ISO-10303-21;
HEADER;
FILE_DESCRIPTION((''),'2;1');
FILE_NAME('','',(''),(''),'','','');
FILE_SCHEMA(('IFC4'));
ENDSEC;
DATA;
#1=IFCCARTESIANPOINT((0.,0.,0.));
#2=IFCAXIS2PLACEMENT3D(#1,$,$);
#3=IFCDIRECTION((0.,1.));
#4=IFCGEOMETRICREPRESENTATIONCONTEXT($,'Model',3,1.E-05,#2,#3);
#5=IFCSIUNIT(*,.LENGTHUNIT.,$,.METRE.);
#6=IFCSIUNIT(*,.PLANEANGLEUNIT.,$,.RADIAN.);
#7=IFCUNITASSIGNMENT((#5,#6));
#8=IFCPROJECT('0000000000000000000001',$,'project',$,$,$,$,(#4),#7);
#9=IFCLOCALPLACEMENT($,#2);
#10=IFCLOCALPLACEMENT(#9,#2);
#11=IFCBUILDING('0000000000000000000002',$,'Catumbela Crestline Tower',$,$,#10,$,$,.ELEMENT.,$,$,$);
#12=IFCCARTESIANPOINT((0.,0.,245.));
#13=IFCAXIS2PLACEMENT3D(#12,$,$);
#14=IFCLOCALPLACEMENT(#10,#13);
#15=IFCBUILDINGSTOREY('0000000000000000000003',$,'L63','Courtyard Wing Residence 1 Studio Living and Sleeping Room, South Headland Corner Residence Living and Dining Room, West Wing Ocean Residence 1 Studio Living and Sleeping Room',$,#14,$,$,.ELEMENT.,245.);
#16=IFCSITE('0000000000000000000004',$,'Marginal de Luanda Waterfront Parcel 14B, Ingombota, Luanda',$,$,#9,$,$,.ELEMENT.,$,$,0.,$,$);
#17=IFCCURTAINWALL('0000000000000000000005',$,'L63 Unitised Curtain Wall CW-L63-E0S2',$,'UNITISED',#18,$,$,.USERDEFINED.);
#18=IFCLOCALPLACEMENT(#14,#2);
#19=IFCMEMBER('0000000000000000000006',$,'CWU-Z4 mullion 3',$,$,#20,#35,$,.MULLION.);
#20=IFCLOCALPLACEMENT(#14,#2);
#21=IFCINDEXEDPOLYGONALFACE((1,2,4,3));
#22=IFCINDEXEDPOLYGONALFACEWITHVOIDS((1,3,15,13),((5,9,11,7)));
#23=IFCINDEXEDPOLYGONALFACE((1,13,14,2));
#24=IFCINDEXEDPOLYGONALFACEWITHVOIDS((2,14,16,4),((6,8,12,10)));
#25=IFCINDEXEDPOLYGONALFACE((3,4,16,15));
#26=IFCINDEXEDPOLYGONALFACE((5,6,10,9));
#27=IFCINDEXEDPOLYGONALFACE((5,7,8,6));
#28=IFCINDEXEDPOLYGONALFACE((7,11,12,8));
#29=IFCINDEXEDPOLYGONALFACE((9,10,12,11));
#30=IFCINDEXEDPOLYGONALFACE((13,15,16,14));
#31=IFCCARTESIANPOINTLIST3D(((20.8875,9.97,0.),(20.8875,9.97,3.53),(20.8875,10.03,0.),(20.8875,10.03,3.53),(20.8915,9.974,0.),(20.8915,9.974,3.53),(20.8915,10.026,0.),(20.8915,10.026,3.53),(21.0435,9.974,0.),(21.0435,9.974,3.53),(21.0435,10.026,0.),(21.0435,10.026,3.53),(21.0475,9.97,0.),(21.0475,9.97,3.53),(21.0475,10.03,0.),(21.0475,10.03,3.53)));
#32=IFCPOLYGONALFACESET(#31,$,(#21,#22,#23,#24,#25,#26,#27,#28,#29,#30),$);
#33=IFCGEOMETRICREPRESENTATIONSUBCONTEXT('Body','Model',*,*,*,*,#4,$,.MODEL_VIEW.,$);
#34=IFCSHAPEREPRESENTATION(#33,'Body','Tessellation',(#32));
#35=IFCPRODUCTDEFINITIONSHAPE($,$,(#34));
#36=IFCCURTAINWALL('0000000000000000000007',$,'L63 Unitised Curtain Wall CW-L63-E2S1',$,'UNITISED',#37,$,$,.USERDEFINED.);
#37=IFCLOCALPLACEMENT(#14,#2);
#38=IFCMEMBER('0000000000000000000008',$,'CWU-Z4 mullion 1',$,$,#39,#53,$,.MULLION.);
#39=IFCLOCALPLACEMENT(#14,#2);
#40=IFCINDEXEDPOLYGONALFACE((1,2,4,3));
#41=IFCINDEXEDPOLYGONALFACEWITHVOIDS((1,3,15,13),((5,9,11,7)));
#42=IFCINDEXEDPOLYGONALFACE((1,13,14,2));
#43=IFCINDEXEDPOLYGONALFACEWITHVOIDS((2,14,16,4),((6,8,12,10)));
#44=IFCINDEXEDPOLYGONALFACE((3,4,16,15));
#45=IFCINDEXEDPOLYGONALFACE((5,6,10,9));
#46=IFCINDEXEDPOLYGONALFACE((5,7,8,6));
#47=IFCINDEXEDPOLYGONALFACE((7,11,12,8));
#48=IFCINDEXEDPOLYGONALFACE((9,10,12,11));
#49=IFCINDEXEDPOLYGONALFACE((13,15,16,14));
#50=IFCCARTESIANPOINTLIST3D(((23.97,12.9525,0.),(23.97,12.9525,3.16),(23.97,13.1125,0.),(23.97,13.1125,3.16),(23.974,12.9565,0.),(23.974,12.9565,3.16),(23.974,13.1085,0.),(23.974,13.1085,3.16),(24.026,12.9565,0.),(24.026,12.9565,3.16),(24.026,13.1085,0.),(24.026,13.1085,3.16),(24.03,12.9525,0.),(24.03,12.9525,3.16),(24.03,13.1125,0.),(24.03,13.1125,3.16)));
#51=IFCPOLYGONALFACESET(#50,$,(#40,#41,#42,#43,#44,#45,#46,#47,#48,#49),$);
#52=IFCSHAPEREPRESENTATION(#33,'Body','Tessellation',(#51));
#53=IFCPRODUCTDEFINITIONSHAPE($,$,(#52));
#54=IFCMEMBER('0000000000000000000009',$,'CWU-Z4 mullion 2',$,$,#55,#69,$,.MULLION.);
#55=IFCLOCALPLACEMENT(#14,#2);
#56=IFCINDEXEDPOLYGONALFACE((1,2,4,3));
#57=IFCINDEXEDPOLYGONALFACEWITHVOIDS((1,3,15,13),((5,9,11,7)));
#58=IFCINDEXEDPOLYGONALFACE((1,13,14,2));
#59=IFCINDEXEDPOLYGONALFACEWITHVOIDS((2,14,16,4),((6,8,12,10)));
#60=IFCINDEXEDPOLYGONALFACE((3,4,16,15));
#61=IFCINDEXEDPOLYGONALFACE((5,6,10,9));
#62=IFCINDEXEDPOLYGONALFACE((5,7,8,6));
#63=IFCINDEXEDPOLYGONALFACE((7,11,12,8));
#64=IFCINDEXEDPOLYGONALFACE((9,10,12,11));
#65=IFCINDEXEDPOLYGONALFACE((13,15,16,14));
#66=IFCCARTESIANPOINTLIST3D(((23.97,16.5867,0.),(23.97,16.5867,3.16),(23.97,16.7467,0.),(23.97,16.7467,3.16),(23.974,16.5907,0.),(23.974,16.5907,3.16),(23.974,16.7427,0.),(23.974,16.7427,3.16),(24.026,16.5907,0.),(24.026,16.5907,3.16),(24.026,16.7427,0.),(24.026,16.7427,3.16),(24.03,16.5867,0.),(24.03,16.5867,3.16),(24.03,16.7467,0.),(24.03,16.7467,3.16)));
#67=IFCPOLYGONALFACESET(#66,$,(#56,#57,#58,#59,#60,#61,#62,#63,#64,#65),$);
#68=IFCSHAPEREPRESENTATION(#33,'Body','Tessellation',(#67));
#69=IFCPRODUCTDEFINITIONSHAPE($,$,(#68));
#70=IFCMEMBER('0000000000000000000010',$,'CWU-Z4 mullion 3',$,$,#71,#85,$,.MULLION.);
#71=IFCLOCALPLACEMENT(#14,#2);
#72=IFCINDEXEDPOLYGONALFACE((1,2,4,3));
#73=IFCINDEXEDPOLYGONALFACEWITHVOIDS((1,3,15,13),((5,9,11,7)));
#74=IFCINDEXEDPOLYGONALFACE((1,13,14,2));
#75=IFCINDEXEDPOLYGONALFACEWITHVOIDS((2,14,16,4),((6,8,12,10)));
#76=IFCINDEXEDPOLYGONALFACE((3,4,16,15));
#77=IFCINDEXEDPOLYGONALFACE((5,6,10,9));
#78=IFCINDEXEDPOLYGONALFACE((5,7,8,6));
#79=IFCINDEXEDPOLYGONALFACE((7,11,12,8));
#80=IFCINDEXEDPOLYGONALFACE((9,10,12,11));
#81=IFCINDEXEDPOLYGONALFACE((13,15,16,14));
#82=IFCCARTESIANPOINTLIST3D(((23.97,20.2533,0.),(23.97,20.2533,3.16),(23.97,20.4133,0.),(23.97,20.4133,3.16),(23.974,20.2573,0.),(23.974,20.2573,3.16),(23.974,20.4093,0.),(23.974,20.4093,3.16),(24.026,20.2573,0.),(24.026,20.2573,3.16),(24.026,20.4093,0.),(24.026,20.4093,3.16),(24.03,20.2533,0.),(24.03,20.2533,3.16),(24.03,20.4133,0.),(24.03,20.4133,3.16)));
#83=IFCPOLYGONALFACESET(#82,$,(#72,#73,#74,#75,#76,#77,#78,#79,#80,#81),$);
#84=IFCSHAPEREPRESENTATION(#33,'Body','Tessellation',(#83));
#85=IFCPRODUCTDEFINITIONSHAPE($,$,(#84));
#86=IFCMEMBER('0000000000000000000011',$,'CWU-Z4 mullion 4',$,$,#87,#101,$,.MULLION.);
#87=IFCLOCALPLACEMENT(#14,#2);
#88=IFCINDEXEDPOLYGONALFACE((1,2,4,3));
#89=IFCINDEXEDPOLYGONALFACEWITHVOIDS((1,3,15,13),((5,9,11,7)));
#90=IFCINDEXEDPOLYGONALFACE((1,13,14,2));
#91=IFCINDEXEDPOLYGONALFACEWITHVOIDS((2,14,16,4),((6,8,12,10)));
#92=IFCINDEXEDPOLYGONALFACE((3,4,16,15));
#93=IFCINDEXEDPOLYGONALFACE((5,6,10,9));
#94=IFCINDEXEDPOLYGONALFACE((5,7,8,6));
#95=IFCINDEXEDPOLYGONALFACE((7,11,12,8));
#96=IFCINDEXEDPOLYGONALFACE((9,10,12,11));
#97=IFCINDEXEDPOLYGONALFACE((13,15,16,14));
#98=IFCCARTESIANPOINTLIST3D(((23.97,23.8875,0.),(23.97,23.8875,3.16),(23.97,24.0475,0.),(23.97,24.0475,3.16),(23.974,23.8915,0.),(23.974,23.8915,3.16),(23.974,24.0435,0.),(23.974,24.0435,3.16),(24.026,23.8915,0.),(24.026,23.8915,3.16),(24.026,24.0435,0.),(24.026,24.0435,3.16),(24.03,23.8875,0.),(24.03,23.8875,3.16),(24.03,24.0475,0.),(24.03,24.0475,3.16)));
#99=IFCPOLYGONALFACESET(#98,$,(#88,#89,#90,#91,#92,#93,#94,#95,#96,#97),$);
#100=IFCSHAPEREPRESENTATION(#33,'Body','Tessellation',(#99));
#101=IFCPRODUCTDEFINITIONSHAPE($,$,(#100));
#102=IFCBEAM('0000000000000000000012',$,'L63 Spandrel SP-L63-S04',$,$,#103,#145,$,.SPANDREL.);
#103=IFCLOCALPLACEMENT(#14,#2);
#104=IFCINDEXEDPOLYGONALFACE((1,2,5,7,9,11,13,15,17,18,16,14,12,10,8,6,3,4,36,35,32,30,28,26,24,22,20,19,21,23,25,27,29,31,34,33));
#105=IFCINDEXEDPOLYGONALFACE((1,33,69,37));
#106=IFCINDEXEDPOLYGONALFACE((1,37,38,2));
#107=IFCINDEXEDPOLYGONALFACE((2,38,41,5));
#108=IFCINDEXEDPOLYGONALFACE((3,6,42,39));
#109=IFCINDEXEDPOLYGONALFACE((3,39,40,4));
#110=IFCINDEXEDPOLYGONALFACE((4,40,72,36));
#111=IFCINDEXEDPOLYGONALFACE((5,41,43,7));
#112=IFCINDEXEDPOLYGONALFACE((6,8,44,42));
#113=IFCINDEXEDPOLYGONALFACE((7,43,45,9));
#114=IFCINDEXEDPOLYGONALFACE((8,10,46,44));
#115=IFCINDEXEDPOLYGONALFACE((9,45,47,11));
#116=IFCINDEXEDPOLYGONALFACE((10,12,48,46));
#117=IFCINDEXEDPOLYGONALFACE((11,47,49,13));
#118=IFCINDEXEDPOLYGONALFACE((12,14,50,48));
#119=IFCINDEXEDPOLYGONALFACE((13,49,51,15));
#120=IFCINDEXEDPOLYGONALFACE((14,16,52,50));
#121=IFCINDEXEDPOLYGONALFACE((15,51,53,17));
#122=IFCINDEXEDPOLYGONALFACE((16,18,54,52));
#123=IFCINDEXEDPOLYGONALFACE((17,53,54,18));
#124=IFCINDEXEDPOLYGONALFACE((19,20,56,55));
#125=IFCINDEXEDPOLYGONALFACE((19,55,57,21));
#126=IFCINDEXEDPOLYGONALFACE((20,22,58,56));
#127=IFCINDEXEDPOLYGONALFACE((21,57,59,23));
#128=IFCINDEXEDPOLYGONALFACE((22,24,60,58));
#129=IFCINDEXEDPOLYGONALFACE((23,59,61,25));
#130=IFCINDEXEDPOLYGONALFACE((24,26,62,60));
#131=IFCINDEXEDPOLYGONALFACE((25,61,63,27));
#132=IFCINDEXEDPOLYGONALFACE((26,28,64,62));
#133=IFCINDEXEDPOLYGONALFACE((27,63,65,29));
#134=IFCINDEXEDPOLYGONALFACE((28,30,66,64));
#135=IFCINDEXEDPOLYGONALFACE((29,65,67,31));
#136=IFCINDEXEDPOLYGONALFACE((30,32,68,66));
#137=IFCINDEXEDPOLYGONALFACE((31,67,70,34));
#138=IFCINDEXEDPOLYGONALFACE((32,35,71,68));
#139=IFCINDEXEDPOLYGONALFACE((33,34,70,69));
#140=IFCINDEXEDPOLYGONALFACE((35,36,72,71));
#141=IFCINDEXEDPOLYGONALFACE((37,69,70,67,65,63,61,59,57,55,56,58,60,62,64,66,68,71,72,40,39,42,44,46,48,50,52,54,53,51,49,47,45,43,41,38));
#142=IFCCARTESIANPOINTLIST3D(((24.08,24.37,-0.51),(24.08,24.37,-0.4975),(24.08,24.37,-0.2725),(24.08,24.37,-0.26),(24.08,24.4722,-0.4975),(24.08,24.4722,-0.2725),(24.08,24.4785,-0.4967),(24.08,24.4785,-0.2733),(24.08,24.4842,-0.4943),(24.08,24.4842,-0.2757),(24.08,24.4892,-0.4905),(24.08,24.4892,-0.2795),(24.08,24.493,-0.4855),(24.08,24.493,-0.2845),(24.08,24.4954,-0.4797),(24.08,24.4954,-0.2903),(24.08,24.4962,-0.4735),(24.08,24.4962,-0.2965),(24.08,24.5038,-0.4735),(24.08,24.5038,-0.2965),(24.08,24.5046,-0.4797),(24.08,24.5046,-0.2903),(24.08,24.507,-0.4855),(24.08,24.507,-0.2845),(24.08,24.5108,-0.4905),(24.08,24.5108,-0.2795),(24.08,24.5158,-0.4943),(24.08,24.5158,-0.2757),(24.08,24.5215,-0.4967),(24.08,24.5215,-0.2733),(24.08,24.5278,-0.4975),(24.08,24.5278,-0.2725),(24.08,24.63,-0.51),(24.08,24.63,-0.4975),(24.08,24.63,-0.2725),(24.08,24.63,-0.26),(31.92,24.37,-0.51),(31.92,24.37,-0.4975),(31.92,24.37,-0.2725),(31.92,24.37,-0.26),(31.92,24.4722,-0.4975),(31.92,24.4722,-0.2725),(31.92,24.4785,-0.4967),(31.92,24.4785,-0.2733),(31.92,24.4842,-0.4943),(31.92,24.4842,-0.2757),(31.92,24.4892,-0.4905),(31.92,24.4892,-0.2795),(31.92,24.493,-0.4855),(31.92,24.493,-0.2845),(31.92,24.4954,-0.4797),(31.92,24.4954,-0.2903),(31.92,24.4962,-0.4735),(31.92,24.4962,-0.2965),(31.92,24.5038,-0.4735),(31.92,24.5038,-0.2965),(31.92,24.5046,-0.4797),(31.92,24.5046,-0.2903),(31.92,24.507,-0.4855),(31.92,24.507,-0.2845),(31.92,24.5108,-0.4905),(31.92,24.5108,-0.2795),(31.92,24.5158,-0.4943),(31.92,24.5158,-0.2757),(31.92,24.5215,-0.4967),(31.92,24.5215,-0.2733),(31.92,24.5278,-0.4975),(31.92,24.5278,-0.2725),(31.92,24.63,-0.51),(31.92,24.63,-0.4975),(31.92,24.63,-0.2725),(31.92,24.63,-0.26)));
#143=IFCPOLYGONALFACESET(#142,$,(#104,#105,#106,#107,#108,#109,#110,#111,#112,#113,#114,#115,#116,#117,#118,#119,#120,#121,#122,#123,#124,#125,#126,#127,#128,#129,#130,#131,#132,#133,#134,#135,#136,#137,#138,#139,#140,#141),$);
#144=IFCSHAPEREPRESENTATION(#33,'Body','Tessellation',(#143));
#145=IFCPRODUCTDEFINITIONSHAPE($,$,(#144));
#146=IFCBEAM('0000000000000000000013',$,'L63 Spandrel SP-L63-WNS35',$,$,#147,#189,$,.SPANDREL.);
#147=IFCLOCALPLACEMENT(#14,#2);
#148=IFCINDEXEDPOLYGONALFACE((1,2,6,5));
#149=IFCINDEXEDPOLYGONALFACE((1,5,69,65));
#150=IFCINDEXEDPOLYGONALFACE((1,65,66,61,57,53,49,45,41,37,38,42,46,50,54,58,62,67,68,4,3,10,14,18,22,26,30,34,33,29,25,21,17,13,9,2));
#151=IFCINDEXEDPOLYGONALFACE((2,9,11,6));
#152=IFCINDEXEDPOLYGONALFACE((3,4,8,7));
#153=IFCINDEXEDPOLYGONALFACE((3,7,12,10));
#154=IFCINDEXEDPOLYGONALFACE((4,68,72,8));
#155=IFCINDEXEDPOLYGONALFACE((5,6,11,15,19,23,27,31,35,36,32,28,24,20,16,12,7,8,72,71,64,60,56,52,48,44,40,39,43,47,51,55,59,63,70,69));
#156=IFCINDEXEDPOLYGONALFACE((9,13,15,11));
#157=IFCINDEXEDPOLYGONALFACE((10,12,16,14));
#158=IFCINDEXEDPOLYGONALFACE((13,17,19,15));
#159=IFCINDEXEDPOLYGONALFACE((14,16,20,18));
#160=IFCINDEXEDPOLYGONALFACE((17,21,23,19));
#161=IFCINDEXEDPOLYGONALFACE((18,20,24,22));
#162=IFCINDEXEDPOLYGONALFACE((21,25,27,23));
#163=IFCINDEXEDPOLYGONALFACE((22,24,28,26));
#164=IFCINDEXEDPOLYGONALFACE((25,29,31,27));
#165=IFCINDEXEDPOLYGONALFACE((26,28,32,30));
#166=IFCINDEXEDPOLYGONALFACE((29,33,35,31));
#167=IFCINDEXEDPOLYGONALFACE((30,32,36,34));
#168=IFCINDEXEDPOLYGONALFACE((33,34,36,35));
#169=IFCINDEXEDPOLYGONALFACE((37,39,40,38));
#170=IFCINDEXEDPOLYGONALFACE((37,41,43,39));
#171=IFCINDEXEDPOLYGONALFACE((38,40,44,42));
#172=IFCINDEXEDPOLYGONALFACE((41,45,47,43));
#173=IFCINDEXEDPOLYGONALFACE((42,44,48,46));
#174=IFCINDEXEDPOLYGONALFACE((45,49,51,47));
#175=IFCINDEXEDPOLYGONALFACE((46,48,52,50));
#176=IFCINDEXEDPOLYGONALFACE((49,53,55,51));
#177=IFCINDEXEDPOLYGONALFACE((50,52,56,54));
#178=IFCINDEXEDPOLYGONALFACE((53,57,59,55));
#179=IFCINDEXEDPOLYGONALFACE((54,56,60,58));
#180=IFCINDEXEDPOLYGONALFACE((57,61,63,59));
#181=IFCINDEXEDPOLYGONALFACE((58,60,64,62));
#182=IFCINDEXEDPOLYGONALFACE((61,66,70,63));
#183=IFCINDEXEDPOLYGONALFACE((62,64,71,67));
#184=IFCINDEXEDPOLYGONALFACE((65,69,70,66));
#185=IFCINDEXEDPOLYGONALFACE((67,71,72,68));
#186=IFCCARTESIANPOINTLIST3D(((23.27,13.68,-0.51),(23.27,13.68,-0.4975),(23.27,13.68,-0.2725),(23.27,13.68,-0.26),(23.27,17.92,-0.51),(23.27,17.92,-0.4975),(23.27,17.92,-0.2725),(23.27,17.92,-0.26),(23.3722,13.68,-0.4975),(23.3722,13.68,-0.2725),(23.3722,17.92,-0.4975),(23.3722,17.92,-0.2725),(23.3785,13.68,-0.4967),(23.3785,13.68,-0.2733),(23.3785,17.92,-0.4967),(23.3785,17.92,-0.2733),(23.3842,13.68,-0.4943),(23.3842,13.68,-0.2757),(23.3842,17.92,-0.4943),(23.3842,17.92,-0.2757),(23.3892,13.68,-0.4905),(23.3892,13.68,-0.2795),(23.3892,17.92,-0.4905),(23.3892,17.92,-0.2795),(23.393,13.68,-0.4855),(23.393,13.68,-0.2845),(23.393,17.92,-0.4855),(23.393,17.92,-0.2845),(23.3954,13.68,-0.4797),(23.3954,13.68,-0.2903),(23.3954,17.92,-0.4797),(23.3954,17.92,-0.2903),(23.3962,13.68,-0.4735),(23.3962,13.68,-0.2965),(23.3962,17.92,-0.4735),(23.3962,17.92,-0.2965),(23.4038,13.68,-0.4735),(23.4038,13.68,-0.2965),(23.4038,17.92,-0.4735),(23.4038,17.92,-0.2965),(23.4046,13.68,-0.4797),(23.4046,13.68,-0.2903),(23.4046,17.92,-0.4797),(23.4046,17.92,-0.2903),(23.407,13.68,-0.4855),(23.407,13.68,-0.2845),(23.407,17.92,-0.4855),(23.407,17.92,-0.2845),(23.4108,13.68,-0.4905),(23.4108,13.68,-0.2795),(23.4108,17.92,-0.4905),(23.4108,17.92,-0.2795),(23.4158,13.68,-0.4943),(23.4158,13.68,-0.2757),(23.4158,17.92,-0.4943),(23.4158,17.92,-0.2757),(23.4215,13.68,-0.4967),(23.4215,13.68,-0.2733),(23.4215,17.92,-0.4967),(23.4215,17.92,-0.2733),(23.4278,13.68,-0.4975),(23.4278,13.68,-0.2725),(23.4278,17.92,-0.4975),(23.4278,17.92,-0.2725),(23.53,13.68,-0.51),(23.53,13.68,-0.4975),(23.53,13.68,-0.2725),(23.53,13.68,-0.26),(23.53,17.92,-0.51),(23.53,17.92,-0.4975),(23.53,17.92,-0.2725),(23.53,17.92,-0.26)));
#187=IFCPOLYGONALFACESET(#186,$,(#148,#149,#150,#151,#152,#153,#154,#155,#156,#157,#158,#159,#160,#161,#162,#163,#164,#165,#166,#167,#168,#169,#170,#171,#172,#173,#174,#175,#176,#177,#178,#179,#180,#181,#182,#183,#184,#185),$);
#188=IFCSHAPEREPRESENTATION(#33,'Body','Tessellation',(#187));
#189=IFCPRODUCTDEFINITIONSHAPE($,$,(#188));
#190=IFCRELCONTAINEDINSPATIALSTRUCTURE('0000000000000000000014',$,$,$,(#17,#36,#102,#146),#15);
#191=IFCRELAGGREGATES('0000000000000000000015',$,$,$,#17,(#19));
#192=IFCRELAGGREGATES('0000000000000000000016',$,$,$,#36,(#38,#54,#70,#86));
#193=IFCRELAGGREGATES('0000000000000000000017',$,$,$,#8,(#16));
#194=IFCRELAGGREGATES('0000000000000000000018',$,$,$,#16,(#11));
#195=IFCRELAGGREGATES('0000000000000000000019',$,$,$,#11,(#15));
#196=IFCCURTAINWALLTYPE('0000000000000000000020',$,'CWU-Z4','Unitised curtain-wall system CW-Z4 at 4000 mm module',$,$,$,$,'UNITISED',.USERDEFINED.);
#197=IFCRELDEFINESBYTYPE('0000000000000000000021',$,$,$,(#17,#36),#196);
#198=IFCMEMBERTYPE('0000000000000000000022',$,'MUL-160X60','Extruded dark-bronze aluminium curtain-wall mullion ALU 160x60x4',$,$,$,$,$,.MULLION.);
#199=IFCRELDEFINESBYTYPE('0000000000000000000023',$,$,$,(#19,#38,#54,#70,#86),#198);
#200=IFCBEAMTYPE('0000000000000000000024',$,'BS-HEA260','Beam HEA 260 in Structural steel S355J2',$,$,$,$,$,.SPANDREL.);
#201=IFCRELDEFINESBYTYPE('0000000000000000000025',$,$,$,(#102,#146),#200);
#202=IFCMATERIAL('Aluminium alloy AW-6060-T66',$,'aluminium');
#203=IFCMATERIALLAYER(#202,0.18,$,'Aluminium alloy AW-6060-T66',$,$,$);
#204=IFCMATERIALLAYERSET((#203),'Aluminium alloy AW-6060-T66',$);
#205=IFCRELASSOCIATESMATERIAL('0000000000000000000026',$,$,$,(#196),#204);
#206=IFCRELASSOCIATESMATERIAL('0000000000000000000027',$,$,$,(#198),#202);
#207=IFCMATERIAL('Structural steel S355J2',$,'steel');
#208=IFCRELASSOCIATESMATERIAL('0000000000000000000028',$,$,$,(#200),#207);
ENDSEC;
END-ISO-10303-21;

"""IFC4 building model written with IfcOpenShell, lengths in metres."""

from ifc_helpers import new_model, si_unit, direction, frame, origin, origin_2d, place, context, subcontext, project, spatial, hollow_rectangle, i_section, extrude, material, layer, layer_set, material_profile, profile_set, type_object, element, aggregate, save


model = new_model("IFC4")

# Units and contexts
model_context = context("Model", 3, precision=1e-05, world=origin(), true_north=direction((0.0, 1.0)))
body_context = subcontext(model_context, "Body", "Model", "MODEL_VIEW")
ifc_project = project(units=[si_unit("LENGTHUNIT", "METRE"), si_unit("PLANEANGLEUNIT", "RADIAN")], contexts=[model_context])

# Site, building, storey
site_placement = place(None, origin())
site = spatial("IfcSite", under=ifc_project, at=site_placement, Name="Marginal de Luanda Waterfront Parcel 14B, Ingombota, Luanda", CompositionType="ELEMENT", RefElevation=0.0)
building_placement = place(site_placement, origin())
building = spatial("IfcBuilding", under=site, at=building_placement, Name="Catumbela Crestline Tower", CompositionType="ELEMENT")
storey_placement = place(building_placement, frame((0.0, 0.0, 245.0)))
storey = spatial("IfcBuildingStorey", under=building, at=storey_placement, Name="L63", Description="Courtyard Wing Residence 1 Studio Living and Sleeping Room, South Headland Corner Residence Living and Dining Room, West Wing Ocean Residence 1 Studio Living and Sleeping Room", CompositionType="ELEMENT", Elevation=245.0)

# Shared definitions
ifc_material_1 = material(Name="Structural steel S355J2", Category="steel")

# Curtain wall, member
ifc_material_2 = material(Name="Aluminium alloy AW-6060-T66", Category="aluminium")
ifc_layer_1 = layer(ifc_material_2, 0.18, Name="Aluminium alloy AW-6060-T66")
ifc_layer_set_1 = layer_set([ifc_layer_1], Name="Aluminium alloy AW-6060-T66")
curtain_wall_type = type_object("IfcCurtainWallType", Name="CWU-Z4", Description="Unitised curtain-wall system CW-Z4 at 4000 mm module", ElementType="UNITISED", PredefinedType="USERDEFINED", material=ifc_layer_set_1)
curtain_wall_1_placement = place(storey_placement, origin())
curtain_wall_1 = element("IfcCurtainWall", 1, at=curtain_wall_1_placement, inside=storey, type_object=curtain_wall_type, Name="L63 Unitised Curtain Wall CW-L63-E0S2", ObjectType="UNITISED", PredefinedType="USERDEFINED")
ifc_material_profile_1 = material_profile(ifc_material_2, hollow_rectangle(XDim=0.06, YDim=0.16, WallThickness=0.004, at=origin_2d()), Name="ALU 160x60x4")
ifc_profile_set_1 = profile_set([ifc_material_profile_1], Name="Aluminium alloy AW-6060-T66")
member_type_1 = type_object("IfcMemberType", Name="MUL-160X60", Description="Extruded dark-bronze aluminium curtain-wall mullion ALU 160x60x4", PredefinedType="MULLION", material=ifc_profile_set_1)
member_1_placement = place(storey_placement, frame((20.9675, 10.0, 0.0), z_axis=(0.0, 0.0, 1.0), x_axis=(0.0, 1.0, 0.0)))
member_1 = element("IfcMember", 2, at=member_1_placement, type_object=member_type_1, Name="CWU-Z4 mullion 3", PredefinedType="MULLION", context=body_context, shape_type="SweptSolid", body=[
    extrude(hollow_rectangle(XDim=0.06, YDim=0.16, WallThickness=0.004, at=origin_2d()), origin(), (0.0, 0.0, 1.0), 3.53),
])

# Curtain wall, members
curtain_wall_2_placement = place(storey_placement, origin())
curtain_wall_2 = element("IfcCurtainWall", 3, at=curtain_wall_2_placement, inside=storey, type_object=curtain_wall_type, Name="L63 Unitised Curtain Wall CW-L63-E2S1", ObjectType="UNITISED", PredefinedType="USERDEFINED")
member_2_placement = place(storey_placement, frame((24.0, 13.0325, 0.0), z_axis=(0.0, 0.0, 1.0), x_axis=(-1.0, 0.0, 0.0)))
member_2 = element("IfcMember", 4, at=member_2_placement, type_object=member_type_1, Name="CWU-Z4 mullion 1", PredefinedType="MULLION", context=body_context, shape_type="SweptSolid", body=[
    extrude(hollow_rectangle(XDim=0.06, YDim=0.16, WallThickness=0.004, at=origin_2d()), origin(), (0.0, 0.0, 1.0), 3.16),
])
member_3_placement = place(storey_placement, frame((24.0, 16.6667, 0.0), z_axis=(0.0, 0.0, 1.0), x_axis=(-1.0, 0.0, 0.0)))
member_3 = element("IfcMember", 5, at=member_3_placement, type_object=member_type_1, Name="CWU-Z4 mullion 2", PredefinedType="MULLION", context=body_context, shape_type="SweptSolid", body=[
    extrude(hollow_rectangle(XDim=0.06, YDim=0.16, WallThickness=0.004, at=origin_2d()), origin(), (0.0, 0.0, 1.0), 3.16),
])
member_4_placement = place(storey_placement, frame((24.0, 20.3333, 0.0), z_axis=(0.0, 0.0, 1.0), x_axis=(-1.0, 0.0, 0.0)))
member_4 = element("IfcMember", 6, at=member_4_placement, type_object=member_type_1, Name="CWU-Z4 mullion 3", PredefinedType="MULLION", context=body_context, shape_type="SweptSolid", body=[
    extrude(hollow_rectangle(XDim=0.06, YDim=0.16, WallThickness=0.004, at=origin_2d()), origin(), (0.0, 0.0, 1.0), 3.16),
])
member_5_placement = place(storey_placement, frame((24.0, 23.9675, 0.0), z_axis=(0.0, 0.0, 1.0), x_axis=(-1.0, 0.0, 0.0)))
member_5 = element("IfcMember", 7, at=member_5_placement, type_object=member_type_1, Name="CWU-Z4 mullion 4", PredefinedType="MULLION", context=body_context, shape_type="SweptSolid", body=[
    extrude(hollow_rectangle(XDim=0.06, YDim=0.16, WallThickness=0.004, at=origin_2d()), origin(), (0.0, 0.0, 1.0), 3.16),
])

# Beams
ifc_material_profile_2 = material_profile(ifc_material_1, i_section(OverallWidth=0.26, OverallDepth=0.25, WebThickness=0.0075, FlangeThickness=0.0125, FilletRadius=0.024, at=origin_2d()), Name="HEA 260")
ifc_profile_set_2 = profile_set([ifc_material_profile_2], Name="Structural steel S355J2")
beam_type_1 = type_object("IfcBeamType", Name="BS-HEA260", Description="Beam HEA 260 in Structural steel S355J2", PredefinedType="SPANDREL", material=ifc_profile_set_2)
beam_1_placement = place(storey_placement, frame((24.08, 24.5, -0.385), z_axis=(1.0, 0.0, 0.0), x_axis=(0.0, 1.0, 0.0)))
element("IfcBeam", 8, at=beam_1_placement, inside=storey, type_object=beam_type_1, Name="L63 Spandrel SP-L63-S04", PredefinedType="SPANDREL", context=body_context, shape_type="SweptSolid", body=[
    extrude(i_section(OverallWidth=0.26, OverallDepth=0.25, WebThickness=0.0075, FlangeThickness=0.0125, FilletRadius=0.024, at=origin_2d()), origin(), (0.0, 0.0, 1.0), 7.84),
])
beam_2_placement = place(storey_placement, frame((23.4, 13.68, -0.385), z_axis=(0.0, 1.0, 0.0), x_axis=(-1.0, 0.0, 0.0)))
element("IfcBeam", 9, at=beam_2_placement, inside=storey, type_object=beam_type_1, Name="L63 Spandrel SP-L63-WNS35", PredefinedType="SPANDREL", context=body_context, shape_type="SweptSolid", body=[
    extrude(i_section(OverallWidth=0.26, OverallDepth=0.25, WebThickness=0.0075, FlangeThickness=0.0125, FilletRadius=0.024, at=origin_2d()), origin(), (0.0, 0.0, 1.0), 4.24),
])

aggregate(curtain_wall_1, [member_1])
aggregate(curtain_wall_2, [member_2, member_3, member_4, member_5])

save(model, "model.ifc")
